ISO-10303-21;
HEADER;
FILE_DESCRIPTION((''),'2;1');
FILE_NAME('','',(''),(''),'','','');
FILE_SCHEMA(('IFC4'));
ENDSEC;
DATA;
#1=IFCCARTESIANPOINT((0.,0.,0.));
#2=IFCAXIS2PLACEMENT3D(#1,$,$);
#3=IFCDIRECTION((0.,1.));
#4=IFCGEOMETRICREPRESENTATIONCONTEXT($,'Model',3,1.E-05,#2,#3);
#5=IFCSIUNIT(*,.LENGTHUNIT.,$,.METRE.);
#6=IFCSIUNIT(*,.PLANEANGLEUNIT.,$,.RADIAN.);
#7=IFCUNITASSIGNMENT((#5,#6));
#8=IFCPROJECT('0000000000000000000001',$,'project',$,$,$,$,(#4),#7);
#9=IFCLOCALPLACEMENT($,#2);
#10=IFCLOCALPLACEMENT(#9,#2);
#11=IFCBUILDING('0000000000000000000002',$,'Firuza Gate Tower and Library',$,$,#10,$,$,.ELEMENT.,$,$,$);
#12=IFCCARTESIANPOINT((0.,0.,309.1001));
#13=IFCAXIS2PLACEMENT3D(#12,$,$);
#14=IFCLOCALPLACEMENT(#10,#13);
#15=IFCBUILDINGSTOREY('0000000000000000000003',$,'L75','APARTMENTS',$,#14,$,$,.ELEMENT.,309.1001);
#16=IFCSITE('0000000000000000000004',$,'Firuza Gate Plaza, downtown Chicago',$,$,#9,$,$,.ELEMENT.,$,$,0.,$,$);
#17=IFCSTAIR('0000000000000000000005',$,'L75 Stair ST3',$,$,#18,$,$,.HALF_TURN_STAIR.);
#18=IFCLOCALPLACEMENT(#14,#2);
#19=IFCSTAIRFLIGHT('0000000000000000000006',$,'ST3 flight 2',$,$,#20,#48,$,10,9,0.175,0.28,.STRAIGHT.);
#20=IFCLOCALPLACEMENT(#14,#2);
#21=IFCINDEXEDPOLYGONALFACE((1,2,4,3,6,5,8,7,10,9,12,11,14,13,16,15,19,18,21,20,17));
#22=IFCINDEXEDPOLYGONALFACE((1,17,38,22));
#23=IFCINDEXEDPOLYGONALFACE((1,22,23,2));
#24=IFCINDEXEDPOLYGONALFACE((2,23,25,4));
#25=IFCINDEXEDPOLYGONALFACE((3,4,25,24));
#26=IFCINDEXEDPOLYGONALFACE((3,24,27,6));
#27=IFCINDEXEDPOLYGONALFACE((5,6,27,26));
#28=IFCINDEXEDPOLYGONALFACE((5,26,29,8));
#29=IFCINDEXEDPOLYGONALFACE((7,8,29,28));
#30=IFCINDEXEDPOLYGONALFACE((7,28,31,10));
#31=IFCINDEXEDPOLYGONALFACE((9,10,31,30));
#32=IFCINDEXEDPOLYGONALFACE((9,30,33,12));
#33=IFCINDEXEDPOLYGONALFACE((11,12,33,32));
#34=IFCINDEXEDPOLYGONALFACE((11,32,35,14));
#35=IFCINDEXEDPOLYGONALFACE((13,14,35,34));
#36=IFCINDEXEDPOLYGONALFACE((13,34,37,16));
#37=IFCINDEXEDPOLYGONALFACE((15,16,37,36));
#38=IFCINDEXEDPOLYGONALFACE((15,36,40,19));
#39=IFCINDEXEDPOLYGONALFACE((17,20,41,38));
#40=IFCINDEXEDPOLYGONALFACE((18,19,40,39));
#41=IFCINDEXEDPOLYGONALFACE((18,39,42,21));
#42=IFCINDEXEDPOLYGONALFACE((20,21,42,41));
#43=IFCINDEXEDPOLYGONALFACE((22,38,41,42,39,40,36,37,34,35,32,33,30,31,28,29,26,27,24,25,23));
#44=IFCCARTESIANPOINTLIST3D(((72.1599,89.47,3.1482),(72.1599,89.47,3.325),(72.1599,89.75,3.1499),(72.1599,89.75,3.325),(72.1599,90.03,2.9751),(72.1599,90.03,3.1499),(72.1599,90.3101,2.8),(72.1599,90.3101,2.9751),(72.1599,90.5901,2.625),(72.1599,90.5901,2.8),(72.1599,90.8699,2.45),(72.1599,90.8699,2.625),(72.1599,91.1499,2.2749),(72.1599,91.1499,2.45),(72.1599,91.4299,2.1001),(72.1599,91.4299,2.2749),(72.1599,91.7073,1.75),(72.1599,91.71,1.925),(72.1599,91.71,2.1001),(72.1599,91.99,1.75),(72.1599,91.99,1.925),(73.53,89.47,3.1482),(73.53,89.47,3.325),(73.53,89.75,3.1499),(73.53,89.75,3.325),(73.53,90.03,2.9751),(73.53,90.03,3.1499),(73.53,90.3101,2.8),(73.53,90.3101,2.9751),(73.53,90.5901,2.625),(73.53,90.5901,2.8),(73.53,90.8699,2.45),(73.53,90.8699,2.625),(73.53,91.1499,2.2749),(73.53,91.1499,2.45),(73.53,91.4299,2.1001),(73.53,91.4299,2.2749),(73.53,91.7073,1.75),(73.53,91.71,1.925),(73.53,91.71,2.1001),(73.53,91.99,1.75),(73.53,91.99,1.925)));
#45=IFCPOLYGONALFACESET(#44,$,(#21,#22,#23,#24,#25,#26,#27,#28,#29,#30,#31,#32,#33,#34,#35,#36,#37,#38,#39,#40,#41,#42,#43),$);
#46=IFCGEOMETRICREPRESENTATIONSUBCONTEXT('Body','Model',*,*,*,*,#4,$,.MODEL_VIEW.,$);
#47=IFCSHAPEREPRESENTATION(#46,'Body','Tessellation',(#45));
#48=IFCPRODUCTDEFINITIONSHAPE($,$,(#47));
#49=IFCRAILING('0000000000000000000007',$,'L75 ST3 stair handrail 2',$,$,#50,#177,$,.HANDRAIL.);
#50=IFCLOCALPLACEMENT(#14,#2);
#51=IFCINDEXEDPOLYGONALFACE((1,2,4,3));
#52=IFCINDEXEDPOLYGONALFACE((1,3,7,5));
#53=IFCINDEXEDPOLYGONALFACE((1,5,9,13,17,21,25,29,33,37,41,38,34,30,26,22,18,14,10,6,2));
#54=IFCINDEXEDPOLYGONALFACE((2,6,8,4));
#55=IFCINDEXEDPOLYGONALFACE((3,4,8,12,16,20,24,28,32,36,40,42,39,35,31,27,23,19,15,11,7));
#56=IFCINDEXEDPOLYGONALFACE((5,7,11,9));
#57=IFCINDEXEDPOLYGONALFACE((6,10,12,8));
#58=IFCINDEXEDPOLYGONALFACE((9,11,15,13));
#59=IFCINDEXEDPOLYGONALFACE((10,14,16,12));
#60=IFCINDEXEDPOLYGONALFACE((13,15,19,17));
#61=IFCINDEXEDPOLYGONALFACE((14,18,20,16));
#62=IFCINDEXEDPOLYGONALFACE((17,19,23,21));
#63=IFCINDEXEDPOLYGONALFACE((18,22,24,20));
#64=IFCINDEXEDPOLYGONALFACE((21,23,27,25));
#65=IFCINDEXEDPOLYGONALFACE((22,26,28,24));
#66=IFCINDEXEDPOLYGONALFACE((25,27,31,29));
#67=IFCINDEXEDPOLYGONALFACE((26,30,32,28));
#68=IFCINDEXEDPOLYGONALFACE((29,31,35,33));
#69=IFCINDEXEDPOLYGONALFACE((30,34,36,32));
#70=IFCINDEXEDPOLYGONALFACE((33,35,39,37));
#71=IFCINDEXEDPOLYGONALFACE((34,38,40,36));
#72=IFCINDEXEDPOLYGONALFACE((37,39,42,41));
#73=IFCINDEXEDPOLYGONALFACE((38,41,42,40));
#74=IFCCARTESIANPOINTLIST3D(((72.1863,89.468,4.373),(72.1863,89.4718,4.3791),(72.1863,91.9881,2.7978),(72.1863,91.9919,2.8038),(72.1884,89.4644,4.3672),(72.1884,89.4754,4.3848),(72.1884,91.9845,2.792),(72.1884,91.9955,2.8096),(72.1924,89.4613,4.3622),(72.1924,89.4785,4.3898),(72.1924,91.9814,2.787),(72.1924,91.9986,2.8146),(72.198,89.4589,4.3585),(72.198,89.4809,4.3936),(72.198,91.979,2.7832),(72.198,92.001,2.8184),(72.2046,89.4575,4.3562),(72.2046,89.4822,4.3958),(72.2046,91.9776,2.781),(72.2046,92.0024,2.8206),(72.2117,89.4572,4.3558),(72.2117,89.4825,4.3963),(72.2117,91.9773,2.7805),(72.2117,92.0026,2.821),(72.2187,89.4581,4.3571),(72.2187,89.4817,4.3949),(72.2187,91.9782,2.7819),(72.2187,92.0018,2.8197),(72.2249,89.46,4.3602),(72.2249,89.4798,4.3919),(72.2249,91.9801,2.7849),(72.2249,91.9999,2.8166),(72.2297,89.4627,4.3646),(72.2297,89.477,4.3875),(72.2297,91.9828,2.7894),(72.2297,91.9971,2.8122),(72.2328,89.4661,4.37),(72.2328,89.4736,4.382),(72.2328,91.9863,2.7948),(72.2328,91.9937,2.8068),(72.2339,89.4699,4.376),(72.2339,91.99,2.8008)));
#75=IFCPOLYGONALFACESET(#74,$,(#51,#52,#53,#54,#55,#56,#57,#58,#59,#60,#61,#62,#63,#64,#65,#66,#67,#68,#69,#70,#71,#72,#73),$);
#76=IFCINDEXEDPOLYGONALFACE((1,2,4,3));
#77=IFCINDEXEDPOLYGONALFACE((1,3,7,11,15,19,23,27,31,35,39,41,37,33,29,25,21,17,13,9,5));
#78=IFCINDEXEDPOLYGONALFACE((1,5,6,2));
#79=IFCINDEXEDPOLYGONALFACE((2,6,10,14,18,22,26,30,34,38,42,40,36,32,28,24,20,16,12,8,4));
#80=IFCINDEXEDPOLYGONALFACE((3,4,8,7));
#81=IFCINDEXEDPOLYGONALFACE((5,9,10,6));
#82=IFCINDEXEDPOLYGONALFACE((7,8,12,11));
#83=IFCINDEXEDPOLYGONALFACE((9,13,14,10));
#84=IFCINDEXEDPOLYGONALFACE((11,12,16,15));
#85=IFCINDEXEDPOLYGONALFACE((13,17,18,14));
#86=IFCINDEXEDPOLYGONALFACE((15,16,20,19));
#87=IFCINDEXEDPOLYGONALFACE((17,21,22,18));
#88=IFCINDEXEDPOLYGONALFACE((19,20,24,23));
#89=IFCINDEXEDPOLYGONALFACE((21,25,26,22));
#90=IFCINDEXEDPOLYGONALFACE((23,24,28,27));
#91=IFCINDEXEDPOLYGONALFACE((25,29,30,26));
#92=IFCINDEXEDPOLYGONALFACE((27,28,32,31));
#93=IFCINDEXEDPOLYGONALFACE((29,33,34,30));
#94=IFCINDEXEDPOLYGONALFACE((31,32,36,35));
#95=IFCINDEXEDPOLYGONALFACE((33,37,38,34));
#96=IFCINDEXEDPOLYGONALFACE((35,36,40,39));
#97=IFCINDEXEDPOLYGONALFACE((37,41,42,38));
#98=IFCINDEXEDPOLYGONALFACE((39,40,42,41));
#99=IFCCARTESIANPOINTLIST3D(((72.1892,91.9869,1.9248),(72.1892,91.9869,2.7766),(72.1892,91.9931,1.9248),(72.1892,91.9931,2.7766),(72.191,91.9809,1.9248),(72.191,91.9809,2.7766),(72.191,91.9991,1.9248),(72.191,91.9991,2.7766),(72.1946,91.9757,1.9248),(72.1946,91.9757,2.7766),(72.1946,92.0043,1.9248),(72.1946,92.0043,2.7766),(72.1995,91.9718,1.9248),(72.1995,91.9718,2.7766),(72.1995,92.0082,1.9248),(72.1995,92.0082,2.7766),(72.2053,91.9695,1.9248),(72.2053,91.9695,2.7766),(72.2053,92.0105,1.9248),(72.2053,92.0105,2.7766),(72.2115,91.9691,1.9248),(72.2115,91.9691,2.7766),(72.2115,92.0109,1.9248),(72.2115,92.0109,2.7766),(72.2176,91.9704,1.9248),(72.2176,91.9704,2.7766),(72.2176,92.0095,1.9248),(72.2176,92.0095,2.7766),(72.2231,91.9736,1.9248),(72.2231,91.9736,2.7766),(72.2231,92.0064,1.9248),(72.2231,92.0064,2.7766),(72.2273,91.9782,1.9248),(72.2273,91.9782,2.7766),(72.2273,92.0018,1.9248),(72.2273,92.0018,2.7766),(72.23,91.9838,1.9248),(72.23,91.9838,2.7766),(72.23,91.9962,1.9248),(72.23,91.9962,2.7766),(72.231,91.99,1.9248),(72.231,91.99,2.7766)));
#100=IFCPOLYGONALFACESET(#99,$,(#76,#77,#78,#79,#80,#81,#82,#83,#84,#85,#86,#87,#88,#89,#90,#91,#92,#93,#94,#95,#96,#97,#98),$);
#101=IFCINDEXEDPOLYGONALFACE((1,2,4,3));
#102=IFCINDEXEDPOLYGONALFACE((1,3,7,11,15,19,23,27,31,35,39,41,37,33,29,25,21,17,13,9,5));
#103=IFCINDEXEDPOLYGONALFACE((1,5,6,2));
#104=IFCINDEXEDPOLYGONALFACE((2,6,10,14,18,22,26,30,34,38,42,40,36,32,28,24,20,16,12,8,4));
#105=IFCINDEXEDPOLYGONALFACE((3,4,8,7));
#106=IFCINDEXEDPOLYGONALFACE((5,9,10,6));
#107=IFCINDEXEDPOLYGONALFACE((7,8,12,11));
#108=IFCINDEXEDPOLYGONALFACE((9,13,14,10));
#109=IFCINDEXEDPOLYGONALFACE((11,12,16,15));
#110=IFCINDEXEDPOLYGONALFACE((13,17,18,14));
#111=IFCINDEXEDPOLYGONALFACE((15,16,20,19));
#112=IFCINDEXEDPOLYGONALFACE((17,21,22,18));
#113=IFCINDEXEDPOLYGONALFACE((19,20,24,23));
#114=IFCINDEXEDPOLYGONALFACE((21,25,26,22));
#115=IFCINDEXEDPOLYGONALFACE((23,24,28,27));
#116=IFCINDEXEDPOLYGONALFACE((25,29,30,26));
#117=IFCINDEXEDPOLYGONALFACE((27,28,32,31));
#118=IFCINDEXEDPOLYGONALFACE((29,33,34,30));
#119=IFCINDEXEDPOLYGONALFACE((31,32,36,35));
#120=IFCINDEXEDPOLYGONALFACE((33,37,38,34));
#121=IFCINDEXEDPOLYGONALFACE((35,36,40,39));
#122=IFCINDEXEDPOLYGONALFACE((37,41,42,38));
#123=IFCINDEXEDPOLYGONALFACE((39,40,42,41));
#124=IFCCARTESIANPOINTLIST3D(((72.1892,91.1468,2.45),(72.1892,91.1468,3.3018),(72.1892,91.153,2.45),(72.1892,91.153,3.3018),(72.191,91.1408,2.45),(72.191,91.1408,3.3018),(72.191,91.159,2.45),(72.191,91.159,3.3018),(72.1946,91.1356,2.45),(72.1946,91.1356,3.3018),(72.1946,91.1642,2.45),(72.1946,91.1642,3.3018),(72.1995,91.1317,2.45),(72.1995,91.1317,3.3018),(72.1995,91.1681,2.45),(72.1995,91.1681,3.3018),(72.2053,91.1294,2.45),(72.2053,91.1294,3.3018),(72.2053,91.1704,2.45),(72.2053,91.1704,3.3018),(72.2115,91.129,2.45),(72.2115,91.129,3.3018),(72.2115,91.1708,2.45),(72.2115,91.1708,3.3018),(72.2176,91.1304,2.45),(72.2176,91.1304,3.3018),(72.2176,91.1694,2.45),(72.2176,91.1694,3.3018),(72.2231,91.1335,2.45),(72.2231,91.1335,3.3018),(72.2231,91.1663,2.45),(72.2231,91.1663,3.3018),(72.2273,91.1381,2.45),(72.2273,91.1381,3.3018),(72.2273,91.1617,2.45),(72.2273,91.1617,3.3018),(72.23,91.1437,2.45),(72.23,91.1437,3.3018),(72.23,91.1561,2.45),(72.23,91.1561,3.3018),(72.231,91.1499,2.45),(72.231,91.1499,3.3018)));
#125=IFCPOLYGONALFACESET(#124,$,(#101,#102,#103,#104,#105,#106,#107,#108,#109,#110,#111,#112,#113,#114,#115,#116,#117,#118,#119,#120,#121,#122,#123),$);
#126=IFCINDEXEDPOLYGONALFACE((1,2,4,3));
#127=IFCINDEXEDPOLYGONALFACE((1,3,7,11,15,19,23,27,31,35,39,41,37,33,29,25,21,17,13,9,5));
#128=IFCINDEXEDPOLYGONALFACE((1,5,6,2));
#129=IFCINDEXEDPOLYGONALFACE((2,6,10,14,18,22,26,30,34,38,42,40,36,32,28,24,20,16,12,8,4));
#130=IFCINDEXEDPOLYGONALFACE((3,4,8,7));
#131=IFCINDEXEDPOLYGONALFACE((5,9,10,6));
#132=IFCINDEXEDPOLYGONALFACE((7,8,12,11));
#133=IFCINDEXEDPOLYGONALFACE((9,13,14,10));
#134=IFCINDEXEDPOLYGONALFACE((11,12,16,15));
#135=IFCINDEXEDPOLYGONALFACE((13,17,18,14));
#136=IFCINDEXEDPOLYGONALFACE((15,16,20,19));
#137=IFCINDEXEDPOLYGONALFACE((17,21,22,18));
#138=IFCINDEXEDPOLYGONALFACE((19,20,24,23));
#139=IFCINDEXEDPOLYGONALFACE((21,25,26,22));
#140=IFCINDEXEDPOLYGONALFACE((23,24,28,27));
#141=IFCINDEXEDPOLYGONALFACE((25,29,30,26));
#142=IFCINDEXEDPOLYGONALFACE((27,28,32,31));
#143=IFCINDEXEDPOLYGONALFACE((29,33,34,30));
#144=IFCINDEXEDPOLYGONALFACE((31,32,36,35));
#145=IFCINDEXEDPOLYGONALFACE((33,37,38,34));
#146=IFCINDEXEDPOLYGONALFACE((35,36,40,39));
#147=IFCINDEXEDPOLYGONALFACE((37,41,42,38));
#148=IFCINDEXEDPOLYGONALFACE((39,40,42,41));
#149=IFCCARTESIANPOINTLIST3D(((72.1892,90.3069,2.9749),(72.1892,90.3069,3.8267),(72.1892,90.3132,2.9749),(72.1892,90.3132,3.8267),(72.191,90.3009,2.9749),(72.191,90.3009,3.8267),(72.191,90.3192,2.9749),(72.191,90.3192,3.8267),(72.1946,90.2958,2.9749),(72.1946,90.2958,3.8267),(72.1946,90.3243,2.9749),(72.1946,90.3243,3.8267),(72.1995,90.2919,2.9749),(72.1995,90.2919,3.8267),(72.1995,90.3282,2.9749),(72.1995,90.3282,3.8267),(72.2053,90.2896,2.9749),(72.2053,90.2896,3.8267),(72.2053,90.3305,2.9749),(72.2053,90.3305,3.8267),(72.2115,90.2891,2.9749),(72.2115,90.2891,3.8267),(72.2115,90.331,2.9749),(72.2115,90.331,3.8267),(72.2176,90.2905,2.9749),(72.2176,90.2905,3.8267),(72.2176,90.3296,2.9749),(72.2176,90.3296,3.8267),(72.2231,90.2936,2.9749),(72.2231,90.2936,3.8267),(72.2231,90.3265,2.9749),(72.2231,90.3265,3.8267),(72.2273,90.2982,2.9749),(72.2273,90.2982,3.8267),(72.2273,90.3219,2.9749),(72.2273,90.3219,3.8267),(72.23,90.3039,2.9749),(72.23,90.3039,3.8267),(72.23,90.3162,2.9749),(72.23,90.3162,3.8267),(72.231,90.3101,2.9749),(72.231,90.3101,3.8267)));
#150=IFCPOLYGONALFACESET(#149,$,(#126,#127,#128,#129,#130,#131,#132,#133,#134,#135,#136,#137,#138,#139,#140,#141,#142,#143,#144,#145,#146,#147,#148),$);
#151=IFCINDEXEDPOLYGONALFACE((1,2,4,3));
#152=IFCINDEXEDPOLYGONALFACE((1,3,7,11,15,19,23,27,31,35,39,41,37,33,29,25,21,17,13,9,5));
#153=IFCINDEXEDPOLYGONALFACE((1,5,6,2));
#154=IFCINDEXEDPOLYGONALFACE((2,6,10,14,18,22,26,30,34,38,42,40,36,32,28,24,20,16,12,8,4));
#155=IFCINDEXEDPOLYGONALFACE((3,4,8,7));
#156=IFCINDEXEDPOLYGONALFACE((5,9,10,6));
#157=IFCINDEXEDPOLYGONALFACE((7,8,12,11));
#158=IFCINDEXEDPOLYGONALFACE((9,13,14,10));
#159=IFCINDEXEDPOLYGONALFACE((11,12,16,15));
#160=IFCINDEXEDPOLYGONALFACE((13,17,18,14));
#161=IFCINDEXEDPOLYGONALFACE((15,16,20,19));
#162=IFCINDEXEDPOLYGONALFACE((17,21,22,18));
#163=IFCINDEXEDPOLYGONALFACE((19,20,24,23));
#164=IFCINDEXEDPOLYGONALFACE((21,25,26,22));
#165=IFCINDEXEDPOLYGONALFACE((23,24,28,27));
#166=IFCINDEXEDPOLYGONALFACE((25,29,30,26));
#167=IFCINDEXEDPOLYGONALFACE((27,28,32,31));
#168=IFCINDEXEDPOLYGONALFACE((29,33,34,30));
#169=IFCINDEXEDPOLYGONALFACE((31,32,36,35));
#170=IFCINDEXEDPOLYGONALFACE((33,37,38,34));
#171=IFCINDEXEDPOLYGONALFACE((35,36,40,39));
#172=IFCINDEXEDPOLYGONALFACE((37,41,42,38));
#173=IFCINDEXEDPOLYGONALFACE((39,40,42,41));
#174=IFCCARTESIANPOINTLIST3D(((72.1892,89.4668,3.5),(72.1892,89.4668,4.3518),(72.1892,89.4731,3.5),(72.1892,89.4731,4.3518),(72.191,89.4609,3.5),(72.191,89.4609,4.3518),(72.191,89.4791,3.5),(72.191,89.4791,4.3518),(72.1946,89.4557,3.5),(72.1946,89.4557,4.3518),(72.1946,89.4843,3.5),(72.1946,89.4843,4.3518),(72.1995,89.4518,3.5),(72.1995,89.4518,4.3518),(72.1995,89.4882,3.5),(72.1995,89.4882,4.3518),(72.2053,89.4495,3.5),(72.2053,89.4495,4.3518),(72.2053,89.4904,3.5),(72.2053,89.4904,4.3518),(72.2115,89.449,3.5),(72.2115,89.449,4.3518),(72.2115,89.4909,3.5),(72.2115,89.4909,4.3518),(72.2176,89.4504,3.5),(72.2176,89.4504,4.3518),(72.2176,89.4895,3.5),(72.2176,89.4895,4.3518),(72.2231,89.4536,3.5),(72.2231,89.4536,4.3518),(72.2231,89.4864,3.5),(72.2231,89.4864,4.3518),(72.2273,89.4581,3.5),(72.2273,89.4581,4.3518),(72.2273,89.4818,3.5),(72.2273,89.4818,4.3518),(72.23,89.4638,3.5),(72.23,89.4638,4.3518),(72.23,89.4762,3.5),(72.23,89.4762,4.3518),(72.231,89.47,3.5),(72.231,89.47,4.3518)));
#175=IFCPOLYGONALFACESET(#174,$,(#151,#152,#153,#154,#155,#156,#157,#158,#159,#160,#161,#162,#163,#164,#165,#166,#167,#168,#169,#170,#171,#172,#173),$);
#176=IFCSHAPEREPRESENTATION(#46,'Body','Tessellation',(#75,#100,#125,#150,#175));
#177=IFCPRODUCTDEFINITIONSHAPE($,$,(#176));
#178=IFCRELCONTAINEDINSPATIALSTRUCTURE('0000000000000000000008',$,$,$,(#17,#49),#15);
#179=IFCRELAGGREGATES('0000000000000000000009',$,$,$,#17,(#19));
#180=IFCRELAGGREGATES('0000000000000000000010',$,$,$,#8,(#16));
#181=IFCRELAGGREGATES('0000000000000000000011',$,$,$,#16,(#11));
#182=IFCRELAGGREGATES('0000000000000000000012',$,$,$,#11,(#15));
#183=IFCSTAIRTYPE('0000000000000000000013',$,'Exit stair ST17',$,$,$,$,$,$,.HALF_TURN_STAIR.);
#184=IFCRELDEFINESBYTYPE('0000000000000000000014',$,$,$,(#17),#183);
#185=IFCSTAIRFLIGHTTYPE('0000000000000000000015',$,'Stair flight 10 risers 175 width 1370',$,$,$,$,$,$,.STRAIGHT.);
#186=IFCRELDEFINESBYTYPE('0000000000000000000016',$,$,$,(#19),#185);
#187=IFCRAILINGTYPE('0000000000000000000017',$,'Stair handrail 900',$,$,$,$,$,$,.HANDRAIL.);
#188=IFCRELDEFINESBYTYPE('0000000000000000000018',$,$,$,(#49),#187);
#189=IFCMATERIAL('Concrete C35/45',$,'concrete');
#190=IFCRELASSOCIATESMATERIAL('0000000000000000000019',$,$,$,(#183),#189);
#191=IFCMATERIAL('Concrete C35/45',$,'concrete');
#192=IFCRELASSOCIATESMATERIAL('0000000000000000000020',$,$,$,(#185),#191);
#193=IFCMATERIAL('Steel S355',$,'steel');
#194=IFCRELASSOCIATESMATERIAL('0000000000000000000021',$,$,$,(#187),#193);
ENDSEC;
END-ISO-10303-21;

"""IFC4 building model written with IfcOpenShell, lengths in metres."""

from ifc_helpers import new_model, si_unit, direction, frame, origin, origin_2d, place, context, subcontext, project, spatial, polyline, circle, outline, extrude, material, type_object, element, aggregate, save


model = new_model("IFC4")

# Units and contexts
model_context = context("Model", 3, precision=1e-05, world=origin(), true_north=direction((0.0, 1.0)))
body_context = subcontext(model_context, "Body", "Model", "MODEL_VIEW")
ifc_project = project(units=[si_unit("LENGTHUNIT", "METRE"), si_unit("PLANEANGLEUNIT", "RADIAN")], contexts=[model_context])

# Site, building, storey
site_placement = place(None, origin())
site = spatial("IfcSite", under=ifc_project, at=site_placement, Name="Firuza Gate Plaza, downtown Chicago", CompositionType="ELEMENT", RefElevation=0.0)
building_placement = place(site_placement, origin())
building = spatial("IfcBuilding", under=site, at=building_placement, Name="Firuza Gate Tower and Library", CompositionType="ELEMENT")
storey_placement = place(building_placement, frame((0.0, 0.0, 309.1001)))
storey = spatial("IfcBuildingStorey", under=building, at=storey_placement, Name="L75", Description="APARTMENTS", CompositionType="ELEMENT", Elevation=309.1001)

# Shared definitions
placement = place(storey_placement, origin())

# Stair, stair flight
ifc_material_1 = material(Name="Concrete C35/45", Category="concrete")
stair_type = type_object("IfcStairType", Name="Exit stair ST17", PredefinedType="HALF_TURN_STAIR", material=ifc_material_1)
stair = element("IfcStair", 1, at=placement, inside=storey, type_object=stair_type, Name="L75 Stair ST3", PredefinedType="HALF_TURN_STAIR")
ifc_material_2 = material(Name="Concrete C35/45", Category="concrete")
stair_flight_type = type_object("IfcStairFlightType", Name="Stair flight 10 risers 175 width 1370", PredefinedType="STRAIGHT", material=ifc_material_2)
stair_flight_1_placement = place(storey_placement, frame((72.845, 91.99, 1.75), z_axis=(0.0, 0.0, 1.0), x_axis=(0.0, -1.0, 0.0)))
stair_flight_1 = element("IfcStairFlight", 2, at=stair_flight_1_placement, type_object=stair_flight_type, Name="ST3 flight 2", NumberOfRisers=10, NumberOfTreads=9, PredefinedType="STRAIGHT", RiserHeight=0.175, TreadLength=0.28, context=body_context, shape_type="SweptSolid", body=[
    extrude(outline(polyline([(0.0, 0.0), (0.0, 0.175), (0.28, 0.175), (0.28, 0.3501), (0.5601, 0.3501), (0.5601, 0.5249), (0.8401, 0.5249), (0.8401, 0.7), (1.1201, 0.7), (1.1201, 0.875), (1.3999, 0.875), (1.3999, 1.05), (1.6799, 1.05), (1.6799, 1.2251), (1.96, 1.2251), (1.96, 1.3999), (2.24, 1.3999), (2.24, 1.575), (2.52, 1.575), (2.52, 1.75), (2.52, 1.3982), (0.2827, 0.0), (0.0, 0.0)])), frame((0.0, 0.6851, 0.0), z_axis=(0.0, -1.0, 0.0), x_axis=(1.0, 0.0, 0.0)), (0.0, 0.0, 1.0), 1.3701),
])
aggregate(stair, [stair_flight_1])

# Railing
ifc_material_3 = material(Name="Steel S355", Category="steel")
railing_type_1 = type_object("IfcRailingType", Name="Stair handrail 900", PredefinedType="HANDRAIL", material=ifc_material_3)
railing_1_placement = place(storey_placement, frame((72.21, 91.99, 1.9248)))
element("IfcRailing", 3, at=railing_1_placement, inside=storey, type_object=railing_type_1, Name="L75 ST3 stair handrail 2", PredefinedType="HANDRAIL", context=body_context, shape_type="SweptSolid", body=[
    extrude(circle(Radius=0.0239, at=origin_2d()), frame((0.0, 0.0, 0.876), z_axis=(0.0, -0.847971, 0.530043), x_axis=(1.0, 0.0, 0.0)), (0.0, 0.0, 1.0), 2.9719),
    extrude(circle(Radius=0.021, at=origin_2d()), origin(), (0.0, 0.0, 1.0), 0.8518),
    extrude(circle(Radius=0.021, at=origin_2d()), frame((0.0, -0.8401, 0.5251)), (0.0, 0.0, 1.0), 0.8518),
    extrude(circle(Radius=0.021, at=origin_2d()), frame((0.0, -1.6799, 1.05)), (0.0, 0.0, 1.0), 0.8518),
    extrude(circle(Radius=0.021, at=origin_2d()), frame((0.0, -2.52, 1.5752)), (0.0, 0.0, 1.0), 0.8518),
])

save(model, "model.ifc")
